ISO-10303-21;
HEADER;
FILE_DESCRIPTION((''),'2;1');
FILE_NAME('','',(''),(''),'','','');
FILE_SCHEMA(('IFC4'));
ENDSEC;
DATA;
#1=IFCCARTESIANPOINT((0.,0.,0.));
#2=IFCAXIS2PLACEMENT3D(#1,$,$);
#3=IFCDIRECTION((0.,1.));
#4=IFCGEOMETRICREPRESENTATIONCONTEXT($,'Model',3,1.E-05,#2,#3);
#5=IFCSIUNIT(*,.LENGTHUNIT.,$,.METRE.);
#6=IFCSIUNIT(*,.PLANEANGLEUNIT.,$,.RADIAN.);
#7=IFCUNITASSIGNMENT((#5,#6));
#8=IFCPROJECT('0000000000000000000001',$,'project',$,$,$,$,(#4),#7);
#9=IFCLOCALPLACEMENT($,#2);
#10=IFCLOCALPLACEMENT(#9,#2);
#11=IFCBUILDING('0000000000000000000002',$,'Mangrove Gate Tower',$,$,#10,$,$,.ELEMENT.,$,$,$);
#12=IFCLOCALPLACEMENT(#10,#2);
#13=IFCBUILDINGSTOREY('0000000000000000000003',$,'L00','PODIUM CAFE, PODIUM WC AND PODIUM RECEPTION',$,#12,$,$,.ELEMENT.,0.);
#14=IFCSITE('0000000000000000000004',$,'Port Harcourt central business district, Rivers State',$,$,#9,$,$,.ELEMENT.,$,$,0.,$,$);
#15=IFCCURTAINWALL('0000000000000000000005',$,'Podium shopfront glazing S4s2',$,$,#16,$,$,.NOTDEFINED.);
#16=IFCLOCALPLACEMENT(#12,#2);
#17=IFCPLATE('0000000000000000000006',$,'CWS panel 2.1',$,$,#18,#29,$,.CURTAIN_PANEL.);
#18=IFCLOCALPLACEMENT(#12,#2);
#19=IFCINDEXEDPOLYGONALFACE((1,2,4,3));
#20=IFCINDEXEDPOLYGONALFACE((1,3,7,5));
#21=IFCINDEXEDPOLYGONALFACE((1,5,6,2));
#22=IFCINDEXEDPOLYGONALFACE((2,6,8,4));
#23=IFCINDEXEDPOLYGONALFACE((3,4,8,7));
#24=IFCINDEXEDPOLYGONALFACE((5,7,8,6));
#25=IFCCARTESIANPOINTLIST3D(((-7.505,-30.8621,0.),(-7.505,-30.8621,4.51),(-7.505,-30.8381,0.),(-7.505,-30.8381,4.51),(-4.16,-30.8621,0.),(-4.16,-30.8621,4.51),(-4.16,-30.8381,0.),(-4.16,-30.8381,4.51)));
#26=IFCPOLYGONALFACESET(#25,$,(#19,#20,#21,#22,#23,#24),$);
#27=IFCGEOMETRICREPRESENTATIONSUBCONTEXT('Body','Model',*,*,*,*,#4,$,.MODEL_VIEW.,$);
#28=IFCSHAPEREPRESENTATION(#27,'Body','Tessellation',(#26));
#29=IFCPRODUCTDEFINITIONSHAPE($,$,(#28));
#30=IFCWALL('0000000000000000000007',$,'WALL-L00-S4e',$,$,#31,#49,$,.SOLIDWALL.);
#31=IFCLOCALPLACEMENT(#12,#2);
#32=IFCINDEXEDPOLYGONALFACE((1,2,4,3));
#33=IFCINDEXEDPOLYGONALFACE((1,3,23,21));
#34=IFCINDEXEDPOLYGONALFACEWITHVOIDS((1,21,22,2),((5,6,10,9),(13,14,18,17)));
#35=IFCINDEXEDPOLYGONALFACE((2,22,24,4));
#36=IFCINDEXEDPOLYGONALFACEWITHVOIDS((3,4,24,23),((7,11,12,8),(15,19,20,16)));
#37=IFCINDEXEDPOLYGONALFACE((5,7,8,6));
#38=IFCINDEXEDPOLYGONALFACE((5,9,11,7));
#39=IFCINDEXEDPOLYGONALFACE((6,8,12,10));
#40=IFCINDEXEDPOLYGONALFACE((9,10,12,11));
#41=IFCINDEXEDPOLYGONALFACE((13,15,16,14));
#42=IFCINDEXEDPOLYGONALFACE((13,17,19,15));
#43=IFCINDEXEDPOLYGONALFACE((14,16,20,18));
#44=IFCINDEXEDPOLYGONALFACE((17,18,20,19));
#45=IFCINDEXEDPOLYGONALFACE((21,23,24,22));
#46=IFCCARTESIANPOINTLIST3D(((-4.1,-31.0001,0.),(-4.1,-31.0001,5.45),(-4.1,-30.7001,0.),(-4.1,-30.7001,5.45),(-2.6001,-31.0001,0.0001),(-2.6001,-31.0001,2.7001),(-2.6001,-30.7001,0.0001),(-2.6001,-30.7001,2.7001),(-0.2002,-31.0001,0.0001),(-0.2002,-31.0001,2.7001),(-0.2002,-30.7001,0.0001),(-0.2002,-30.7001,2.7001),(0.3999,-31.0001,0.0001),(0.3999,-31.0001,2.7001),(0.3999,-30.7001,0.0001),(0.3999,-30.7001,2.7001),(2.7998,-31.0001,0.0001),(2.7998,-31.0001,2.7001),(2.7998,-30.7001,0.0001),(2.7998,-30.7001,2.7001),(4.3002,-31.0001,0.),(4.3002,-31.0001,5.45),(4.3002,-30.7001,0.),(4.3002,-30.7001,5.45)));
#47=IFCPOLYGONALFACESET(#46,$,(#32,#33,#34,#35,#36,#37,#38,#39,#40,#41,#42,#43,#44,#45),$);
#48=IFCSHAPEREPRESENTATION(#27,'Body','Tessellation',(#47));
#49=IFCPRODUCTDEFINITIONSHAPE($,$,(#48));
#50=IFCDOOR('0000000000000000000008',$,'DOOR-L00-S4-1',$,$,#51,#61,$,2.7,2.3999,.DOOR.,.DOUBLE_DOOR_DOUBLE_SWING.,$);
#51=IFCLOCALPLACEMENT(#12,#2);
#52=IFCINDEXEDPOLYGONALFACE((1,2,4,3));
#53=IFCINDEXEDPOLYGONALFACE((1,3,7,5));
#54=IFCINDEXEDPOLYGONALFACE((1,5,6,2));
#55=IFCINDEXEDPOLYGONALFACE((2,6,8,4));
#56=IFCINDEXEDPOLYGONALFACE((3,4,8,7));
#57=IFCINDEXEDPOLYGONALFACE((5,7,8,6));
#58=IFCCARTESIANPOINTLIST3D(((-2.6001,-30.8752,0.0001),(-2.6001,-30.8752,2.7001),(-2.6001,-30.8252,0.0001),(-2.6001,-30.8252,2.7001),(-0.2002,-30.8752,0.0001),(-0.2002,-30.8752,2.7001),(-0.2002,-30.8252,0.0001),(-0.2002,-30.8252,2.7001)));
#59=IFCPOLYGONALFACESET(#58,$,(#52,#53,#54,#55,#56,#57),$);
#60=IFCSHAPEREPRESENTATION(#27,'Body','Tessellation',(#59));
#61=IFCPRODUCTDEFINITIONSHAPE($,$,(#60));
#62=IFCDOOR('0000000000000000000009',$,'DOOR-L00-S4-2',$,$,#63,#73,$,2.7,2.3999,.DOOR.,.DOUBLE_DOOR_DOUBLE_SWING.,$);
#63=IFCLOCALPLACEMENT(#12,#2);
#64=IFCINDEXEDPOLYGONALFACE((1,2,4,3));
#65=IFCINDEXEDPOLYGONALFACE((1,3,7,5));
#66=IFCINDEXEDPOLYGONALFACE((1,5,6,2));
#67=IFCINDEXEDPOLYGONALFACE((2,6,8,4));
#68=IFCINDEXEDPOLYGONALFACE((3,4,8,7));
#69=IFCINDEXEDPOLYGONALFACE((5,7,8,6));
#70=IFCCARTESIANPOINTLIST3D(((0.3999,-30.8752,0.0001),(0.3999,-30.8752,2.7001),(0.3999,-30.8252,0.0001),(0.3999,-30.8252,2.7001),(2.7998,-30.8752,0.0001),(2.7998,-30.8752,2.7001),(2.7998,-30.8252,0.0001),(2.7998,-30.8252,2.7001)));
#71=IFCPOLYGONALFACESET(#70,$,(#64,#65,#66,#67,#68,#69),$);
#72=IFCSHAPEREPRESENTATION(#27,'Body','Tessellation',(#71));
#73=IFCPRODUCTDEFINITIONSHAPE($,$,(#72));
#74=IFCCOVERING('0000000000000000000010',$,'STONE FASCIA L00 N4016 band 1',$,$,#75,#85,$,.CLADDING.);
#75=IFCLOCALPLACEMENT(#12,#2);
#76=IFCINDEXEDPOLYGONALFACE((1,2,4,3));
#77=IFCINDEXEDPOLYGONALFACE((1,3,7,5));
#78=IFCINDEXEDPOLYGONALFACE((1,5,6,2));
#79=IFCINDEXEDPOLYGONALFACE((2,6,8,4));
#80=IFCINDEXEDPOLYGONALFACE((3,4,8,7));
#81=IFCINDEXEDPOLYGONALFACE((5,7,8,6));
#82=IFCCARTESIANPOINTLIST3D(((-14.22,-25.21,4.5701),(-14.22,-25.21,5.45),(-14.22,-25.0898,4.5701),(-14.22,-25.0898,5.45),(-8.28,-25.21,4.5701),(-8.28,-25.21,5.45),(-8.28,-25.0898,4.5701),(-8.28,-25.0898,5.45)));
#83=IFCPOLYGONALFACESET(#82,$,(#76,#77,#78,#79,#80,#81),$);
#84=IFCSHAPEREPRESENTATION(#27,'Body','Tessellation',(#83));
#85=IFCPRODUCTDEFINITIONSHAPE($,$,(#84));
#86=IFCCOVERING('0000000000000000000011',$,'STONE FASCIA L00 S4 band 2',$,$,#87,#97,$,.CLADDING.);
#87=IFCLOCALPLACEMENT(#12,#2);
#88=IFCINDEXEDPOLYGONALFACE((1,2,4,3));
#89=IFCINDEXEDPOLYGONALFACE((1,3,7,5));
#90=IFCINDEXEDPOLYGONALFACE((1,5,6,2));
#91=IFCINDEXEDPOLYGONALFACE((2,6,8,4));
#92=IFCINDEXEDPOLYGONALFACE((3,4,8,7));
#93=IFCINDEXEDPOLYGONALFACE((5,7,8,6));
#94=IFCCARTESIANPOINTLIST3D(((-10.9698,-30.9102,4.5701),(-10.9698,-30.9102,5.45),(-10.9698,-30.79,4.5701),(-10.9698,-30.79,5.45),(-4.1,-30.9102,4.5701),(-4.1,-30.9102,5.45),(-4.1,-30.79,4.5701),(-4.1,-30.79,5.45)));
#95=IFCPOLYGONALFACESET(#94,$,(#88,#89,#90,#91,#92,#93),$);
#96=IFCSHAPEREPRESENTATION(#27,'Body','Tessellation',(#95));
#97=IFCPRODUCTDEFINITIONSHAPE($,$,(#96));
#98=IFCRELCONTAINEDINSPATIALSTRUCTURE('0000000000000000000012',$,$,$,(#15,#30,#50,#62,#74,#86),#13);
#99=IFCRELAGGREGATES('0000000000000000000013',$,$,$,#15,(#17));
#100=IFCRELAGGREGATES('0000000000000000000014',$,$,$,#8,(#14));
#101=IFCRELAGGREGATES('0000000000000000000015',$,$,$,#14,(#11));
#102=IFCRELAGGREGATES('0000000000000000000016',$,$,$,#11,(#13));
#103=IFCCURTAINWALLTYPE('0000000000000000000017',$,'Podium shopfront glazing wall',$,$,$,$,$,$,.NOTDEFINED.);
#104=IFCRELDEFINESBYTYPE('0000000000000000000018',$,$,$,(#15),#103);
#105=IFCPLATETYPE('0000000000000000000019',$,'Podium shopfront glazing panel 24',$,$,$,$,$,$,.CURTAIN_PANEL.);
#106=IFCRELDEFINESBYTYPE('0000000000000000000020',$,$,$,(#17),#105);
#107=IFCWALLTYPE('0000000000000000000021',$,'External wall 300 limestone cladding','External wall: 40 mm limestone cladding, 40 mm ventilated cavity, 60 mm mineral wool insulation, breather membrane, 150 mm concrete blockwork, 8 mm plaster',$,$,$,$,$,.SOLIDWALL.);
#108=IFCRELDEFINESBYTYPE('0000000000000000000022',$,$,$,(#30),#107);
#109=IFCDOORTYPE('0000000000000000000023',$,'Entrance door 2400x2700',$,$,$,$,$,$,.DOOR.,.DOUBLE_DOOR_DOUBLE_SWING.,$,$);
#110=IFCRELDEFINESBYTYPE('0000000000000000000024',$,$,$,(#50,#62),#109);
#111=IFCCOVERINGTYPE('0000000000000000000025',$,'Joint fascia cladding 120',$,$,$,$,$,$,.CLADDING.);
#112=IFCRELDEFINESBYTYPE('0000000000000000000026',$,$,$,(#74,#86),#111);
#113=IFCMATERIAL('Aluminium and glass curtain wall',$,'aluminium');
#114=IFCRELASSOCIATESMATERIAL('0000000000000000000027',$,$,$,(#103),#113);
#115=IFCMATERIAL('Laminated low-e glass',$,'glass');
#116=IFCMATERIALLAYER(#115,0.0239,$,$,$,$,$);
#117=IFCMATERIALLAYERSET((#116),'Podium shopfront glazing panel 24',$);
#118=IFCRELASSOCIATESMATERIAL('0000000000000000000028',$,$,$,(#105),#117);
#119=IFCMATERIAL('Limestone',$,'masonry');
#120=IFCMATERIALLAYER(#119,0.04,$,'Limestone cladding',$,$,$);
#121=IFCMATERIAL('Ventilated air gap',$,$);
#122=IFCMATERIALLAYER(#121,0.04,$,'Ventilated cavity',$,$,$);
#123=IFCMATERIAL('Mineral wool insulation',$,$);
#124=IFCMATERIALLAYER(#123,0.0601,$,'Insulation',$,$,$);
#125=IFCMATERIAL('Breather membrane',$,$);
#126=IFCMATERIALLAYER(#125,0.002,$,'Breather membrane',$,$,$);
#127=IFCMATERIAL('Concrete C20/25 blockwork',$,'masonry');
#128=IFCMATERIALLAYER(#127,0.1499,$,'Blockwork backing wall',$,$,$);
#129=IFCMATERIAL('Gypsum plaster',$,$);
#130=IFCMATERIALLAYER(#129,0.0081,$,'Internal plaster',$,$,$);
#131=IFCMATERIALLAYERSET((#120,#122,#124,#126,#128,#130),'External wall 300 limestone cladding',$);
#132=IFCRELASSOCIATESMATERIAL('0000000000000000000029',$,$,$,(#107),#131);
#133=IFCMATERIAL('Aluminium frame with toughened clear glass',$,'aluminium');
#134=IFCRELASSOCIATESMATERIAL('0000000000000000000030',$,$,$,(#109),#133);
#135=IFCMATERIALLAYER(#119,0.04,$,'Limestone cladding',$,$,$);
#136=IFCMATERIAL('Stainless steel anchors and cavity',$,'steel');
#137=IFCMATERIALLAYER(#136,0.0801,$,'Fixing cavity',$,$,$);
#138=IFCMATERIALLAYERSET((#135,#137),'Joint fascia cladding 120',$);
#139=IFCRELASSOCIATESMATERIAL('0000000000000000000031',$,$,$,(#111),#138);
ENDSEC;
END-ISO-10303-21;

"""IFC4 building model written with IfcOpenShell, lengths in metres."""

from ifc_helpers import new_model, si_unit, direction, frame, frame_2d, origin, origin_2d, place, context, subcontext, project, spatial, rectangle, extrude, material, layer, layer_set, type_object, element, fill, aggregate, save


model = new_model("IFC4")

# Units and contexts
model_context = context("Model", 3, precision=1e-05, world=origin(), true_north=direction((0.0, 1.0)))
body_context = subcontext(model_context, "Body", "Model", "MODEL_VIEW")
ifc_project = project(units=[si_unit("LENGTHUNIT", "METRE"), si_unit("PLANEANGLEUNIT", "RADIAN")], contexts=[model_context])

# Site, building, storey
site_placement = place(None, origin())
site = spatial("IfcSite", under=ifc_project, at=site_placement, Name="Port Harcourt central business district, Rivers State", CompositionType="ELEMENT", RefElevation=0.0)
building_placement = place(site_placement, origin())
building = spatial("IfcBuilding", under=site, at=building_placement, Name="Mangrove Gate Tower", CompositionType="ELEMENT")
storey_placement = place(building_placement, origin())
storey = spatial("IfcBuildingStorey", under=building, at=storey_placement, Name="L00", Description="PODIUM CAFE, PODIUM WC AND PODIUM RECEPTION", CompositionType="ELEMENT", Elevation=0.0)

# Curtain wall
ifc_material_1 = material(Name="Aluminium and glass curtain wall", Category="aluminium")
curtain_wall_type = type_object("IfcCurtainWallType", Name="Podium shopfront glazing wall", PredefinedType="NOTDEFINED", material=ifc_material_1)
curtain_wall_1_placement = place(storey_placement, origin())
curtain_wall_1 = element("IfcCurtainWall", 1, at=curtain_wall_1_placement, inside=storey, type_object=curtain_wall_type, Name="Podium shopfront glazing S4s2", PredefinedType="NOTDEFINED")

# Plate
ifc_material_2 = material(Name="Laminated low-e glass", Category="glass")
ifc_layer_1 = layer(ifc_material_2, 0.0239)
ifc_layer_set_1 = layer_set([ifc_layer_1], Name="Podium shopfront glazing panel 24")
plate_type = type_object("IfcPlateType", Name="Podium shopfront glazing panel 24", PredefinedType="CURTAIN_PANEL", material=ifc_layer_set_1)
plate_1_placement = place(storey_placement, frame((-5.8325, -30.8501, 0.0), z_axis=(0.0, 0.0, 1.0), x_axis=(1.0, 0.0, 0.0)))
plate_1 = element("IfcPlate", 2, at=plate_1_placement, type_object=plate_type, Name="CWS panel 2.1", PredefinedType="CURTAIN_PANEL", context=body_context, shape_type="SweptSolid", body=[
    extrude(rectangle(XDim=3.345, YDim=0.0239, at=origin_2d()), origin(), (0.0, 0.0, 1.0), 4.51),
])
aggregate(curtain_wall_1, [plate_1])

# Wall, openings, doors
ifc_material_3 = material(Name="Limestone", Category="masonry")
ifc_layer_2 = layer(ifc_material_3, 0.04, Name="Limestone cladding")
ifc_material_4 = material(Name="Ventilated air gap")
ifc_layer_3 = layer(ifc_material_4, 0.04, Name="Ventilated cavity")
ifc_material_5 = material(Name="Mineral wool insulation")
ifc_layer_4 = layer(ifc_material_5, 0.0601, Name="Insulation")
ifc_material_6 = material(Name="Breather membrane")
ifc_layer_5 = layer(ifc_material_6, 0.002, Name="Breather membrane")
ifc_material_7 = material(Name="Concrete C20/25 blockwork", Category="masonry")
ifc_layer_6 = layer(ifc_material_7, 0.1499, Name="Blockwork backing wall")
ifc_material_8 = material(Name="Gypsum plaster")
ifc_layer_7 = layer(ifc_material_8, 0.0081, Name="Internal plaster")
ifc_layer_set_2 = layer_set([ifc_layer_2, ifc_layer_3, ifc_layer_4, ifc_layer_5, ifc_layer_6, ifc_layer_7], Name="External wall 300 limestone cladding")
wall_type = type_object("IfcWallType", Name="External wall 300 limestone cladding", Description="External wall: 40 mm limestone cladding, 40 mm ventilated cavity, 60 mm mineral wool insulation, breather membrane, 150 mm concrete blockwork, 8 mm plaster", PredefinedType="SOLIDWALL", material=ifc_layer_set_2)
wall_placement = place(storey_placement, frame((-4.1001, -30.8501, 0.0), z_axis=(0.0, 0.0, 1.0), x_axis=(1.0, 0.0, 0.0)))
wall = element("IfcWall", 3, at=wall_placement, inside=storey, type_object=wall_type, Name="WALL-L00-S4e", PredefinedType="SOLIDWALL", context=body_context, shape_type="SweptSolid", body=[
    extrude(rectangle(XDim=8.4001, YDim=0.3, at=frame_2d((4.2002, 0.0))), origin(), (0.0, 0.0, 1.0), 5.45),
])
opening_1_placement = place(wall_placement, frame((1.5, 0.0, 0.0)))
opening_1 = element("IfcOpeningElement", 4, at=opening_1_placement, cuts=wall, PredefinedType="OPENING", context=body_context, shape_type="SweptSolid", body=[
    extrude(rectangle(XDim=2.3999, YDim=2.7, at=frame_2d((1.2, 1.3501))), frame((0.0, 0.1599, 0.0), z_axis=(0.0, -1.0, 0.0), x_axis=(1.0, 0.0, 0.0)), (0.0, 0.0, 1.0), 0.3201),
])
opening_2_placement = place(wall_placement, frame((4.5, 0.0, 0.0)))
opening_2 = element("IfcOpeningElement", 5, at=opening_2_placement, cuts=wall, PredefinedType="OPENING", context=body_context, shape_type="SweptSolid", body=[
    extrude(rectangle(XDim=2.3999, YDim=2.7, at=frame_2d((1.2, 1.3501))), frame((0.0, 0.1599, 0.0), z_axis=(0.0, -1.0, 0.0), x_axis=(1.0, 0.0, 0.0)), (0.0, 0.0, 1.0), 0.3201),
])
ifc_material_9 = material(Name="Aluminium frame with toughened clear glass", Category="aluminium")
door_type = type_object("IfcDoorType", Name="Entrance door 2400x2700", OperationType="DOUBLE_DOOR_DOUBLE_SWING", PredefinedType="DOOR", material=ifc_material_9)
door_1_placement = place(opening_1_placement, origin())
door_1 = element("IfcDoor", 6, at=door_1_placement, inside=storey, type_object=door_type, Name="DOOR-L00-S4-1", OperationType="DOUBLE_DOOR_DOUBLE_SWING", OverallHeight=2.7, OverallWidth=2.3999, PredefinedType="DOOR", context=body_context, shape_type="SweptSolid", body=[
    extrude(rectangle(XDim=2.3999, YDim=2.7, at=frame_2d((1.2, 1.3501))), frame((0.0, 0.0249, 0.0), z_axis=(0.0, -1.0, 0.0), x_axis=(1.0, 0.0, 0.0)), (0.0, 0.0, 1.0), 0.05),
])
fill(opening_1, door_1)
door_2_placement = place(opening_2_placement, origin())
door_2 = element("IfcDoor", 7, at=door_2_placement, inside=storey, type_object=door_type, Name="DOOR-L00-S4-2", OperationType="DOUBLE_DOOR_DOUBLE_SWING", OverallHeight=2.7, OverallWidth=2.3999, PredefinedType="DOOR", context=body_context, shape_type="SweptSolid", body=[
    extrude(rectangle(XDim=2.3999, YDim=2.7, at=frame_2d((1.2, 1.3501))), frame((0.0, 0.0249, 0.0), z_axis=(0.0, -1.0, 0.0), x_axis=(1.0, 0.0, 0.0)), (0.0, 0.0, 1.0), 0.05),
])
fill(opening_2, door_2)

# Coverings
ifc_layer_8 = layer(ifc_material_3, 0.04, Name="Limestone cladding")
ifc_material_10 = material(Name="Stainless steel anchors and cavity", Category="steel")
ifc_layer_9 = layer(ifc_material_10, 0.0801, Name="Fixing cavity")
ifc_layer_set_3 = layer_set([ifc_layer_8, ifc_layer_9], Name="Joint fascia cladding 120")
covering_type = type_object("IfcCoveringType", Name="Joint fascia cladding 120", PredefinedType="CLADDING", material=ifc_layer_set_3)
covering_1_placement = place(storey_placement, frame((-8.28, -25.1499, 4.5701), z_axis=(0.0, 0.0, 1.0), x_axis=(-1.0, 0.0, 0.0)))
element("IfcCovering", 8, at=covering_1_placement, inside=storey, type_object=covering_type, Name="STONE FASCIA L00 N4016 band 1", PredefinedType="CLADDING", context=body_context, shape_type="SweptSolid", body=[
    extrude(rectangle(XDim=5.9399, YDim=0.1201, at=frame_2d((2.97, 0.0))), origin(), (0.0, 0.0, 1.0), 0.8799),
])
covering_2_placement = place(storey_placement, frame((-10.97, -30.8501, 4.5701), z_axis=(0.0, 0.0, 1.0), x_axis=(1.0, 0.0, 0.0)))
element("IfcCovering", 9, at=covering_2_placement, inside=storey, type_object=covering_type, Name="STONE FASCIA L00 S4 band 2", PredefinedType="CLADDING", context=body_context, shape_type="SweptSolid", body=[
    extrude(rectangle(XDim=6.8699, YDim=0.1201, at=frame_2d((3.4351, 0.0))), origin(), (0.0, 0.0, 1.0), 0.8799),
])

save(model, "model.ifc")
